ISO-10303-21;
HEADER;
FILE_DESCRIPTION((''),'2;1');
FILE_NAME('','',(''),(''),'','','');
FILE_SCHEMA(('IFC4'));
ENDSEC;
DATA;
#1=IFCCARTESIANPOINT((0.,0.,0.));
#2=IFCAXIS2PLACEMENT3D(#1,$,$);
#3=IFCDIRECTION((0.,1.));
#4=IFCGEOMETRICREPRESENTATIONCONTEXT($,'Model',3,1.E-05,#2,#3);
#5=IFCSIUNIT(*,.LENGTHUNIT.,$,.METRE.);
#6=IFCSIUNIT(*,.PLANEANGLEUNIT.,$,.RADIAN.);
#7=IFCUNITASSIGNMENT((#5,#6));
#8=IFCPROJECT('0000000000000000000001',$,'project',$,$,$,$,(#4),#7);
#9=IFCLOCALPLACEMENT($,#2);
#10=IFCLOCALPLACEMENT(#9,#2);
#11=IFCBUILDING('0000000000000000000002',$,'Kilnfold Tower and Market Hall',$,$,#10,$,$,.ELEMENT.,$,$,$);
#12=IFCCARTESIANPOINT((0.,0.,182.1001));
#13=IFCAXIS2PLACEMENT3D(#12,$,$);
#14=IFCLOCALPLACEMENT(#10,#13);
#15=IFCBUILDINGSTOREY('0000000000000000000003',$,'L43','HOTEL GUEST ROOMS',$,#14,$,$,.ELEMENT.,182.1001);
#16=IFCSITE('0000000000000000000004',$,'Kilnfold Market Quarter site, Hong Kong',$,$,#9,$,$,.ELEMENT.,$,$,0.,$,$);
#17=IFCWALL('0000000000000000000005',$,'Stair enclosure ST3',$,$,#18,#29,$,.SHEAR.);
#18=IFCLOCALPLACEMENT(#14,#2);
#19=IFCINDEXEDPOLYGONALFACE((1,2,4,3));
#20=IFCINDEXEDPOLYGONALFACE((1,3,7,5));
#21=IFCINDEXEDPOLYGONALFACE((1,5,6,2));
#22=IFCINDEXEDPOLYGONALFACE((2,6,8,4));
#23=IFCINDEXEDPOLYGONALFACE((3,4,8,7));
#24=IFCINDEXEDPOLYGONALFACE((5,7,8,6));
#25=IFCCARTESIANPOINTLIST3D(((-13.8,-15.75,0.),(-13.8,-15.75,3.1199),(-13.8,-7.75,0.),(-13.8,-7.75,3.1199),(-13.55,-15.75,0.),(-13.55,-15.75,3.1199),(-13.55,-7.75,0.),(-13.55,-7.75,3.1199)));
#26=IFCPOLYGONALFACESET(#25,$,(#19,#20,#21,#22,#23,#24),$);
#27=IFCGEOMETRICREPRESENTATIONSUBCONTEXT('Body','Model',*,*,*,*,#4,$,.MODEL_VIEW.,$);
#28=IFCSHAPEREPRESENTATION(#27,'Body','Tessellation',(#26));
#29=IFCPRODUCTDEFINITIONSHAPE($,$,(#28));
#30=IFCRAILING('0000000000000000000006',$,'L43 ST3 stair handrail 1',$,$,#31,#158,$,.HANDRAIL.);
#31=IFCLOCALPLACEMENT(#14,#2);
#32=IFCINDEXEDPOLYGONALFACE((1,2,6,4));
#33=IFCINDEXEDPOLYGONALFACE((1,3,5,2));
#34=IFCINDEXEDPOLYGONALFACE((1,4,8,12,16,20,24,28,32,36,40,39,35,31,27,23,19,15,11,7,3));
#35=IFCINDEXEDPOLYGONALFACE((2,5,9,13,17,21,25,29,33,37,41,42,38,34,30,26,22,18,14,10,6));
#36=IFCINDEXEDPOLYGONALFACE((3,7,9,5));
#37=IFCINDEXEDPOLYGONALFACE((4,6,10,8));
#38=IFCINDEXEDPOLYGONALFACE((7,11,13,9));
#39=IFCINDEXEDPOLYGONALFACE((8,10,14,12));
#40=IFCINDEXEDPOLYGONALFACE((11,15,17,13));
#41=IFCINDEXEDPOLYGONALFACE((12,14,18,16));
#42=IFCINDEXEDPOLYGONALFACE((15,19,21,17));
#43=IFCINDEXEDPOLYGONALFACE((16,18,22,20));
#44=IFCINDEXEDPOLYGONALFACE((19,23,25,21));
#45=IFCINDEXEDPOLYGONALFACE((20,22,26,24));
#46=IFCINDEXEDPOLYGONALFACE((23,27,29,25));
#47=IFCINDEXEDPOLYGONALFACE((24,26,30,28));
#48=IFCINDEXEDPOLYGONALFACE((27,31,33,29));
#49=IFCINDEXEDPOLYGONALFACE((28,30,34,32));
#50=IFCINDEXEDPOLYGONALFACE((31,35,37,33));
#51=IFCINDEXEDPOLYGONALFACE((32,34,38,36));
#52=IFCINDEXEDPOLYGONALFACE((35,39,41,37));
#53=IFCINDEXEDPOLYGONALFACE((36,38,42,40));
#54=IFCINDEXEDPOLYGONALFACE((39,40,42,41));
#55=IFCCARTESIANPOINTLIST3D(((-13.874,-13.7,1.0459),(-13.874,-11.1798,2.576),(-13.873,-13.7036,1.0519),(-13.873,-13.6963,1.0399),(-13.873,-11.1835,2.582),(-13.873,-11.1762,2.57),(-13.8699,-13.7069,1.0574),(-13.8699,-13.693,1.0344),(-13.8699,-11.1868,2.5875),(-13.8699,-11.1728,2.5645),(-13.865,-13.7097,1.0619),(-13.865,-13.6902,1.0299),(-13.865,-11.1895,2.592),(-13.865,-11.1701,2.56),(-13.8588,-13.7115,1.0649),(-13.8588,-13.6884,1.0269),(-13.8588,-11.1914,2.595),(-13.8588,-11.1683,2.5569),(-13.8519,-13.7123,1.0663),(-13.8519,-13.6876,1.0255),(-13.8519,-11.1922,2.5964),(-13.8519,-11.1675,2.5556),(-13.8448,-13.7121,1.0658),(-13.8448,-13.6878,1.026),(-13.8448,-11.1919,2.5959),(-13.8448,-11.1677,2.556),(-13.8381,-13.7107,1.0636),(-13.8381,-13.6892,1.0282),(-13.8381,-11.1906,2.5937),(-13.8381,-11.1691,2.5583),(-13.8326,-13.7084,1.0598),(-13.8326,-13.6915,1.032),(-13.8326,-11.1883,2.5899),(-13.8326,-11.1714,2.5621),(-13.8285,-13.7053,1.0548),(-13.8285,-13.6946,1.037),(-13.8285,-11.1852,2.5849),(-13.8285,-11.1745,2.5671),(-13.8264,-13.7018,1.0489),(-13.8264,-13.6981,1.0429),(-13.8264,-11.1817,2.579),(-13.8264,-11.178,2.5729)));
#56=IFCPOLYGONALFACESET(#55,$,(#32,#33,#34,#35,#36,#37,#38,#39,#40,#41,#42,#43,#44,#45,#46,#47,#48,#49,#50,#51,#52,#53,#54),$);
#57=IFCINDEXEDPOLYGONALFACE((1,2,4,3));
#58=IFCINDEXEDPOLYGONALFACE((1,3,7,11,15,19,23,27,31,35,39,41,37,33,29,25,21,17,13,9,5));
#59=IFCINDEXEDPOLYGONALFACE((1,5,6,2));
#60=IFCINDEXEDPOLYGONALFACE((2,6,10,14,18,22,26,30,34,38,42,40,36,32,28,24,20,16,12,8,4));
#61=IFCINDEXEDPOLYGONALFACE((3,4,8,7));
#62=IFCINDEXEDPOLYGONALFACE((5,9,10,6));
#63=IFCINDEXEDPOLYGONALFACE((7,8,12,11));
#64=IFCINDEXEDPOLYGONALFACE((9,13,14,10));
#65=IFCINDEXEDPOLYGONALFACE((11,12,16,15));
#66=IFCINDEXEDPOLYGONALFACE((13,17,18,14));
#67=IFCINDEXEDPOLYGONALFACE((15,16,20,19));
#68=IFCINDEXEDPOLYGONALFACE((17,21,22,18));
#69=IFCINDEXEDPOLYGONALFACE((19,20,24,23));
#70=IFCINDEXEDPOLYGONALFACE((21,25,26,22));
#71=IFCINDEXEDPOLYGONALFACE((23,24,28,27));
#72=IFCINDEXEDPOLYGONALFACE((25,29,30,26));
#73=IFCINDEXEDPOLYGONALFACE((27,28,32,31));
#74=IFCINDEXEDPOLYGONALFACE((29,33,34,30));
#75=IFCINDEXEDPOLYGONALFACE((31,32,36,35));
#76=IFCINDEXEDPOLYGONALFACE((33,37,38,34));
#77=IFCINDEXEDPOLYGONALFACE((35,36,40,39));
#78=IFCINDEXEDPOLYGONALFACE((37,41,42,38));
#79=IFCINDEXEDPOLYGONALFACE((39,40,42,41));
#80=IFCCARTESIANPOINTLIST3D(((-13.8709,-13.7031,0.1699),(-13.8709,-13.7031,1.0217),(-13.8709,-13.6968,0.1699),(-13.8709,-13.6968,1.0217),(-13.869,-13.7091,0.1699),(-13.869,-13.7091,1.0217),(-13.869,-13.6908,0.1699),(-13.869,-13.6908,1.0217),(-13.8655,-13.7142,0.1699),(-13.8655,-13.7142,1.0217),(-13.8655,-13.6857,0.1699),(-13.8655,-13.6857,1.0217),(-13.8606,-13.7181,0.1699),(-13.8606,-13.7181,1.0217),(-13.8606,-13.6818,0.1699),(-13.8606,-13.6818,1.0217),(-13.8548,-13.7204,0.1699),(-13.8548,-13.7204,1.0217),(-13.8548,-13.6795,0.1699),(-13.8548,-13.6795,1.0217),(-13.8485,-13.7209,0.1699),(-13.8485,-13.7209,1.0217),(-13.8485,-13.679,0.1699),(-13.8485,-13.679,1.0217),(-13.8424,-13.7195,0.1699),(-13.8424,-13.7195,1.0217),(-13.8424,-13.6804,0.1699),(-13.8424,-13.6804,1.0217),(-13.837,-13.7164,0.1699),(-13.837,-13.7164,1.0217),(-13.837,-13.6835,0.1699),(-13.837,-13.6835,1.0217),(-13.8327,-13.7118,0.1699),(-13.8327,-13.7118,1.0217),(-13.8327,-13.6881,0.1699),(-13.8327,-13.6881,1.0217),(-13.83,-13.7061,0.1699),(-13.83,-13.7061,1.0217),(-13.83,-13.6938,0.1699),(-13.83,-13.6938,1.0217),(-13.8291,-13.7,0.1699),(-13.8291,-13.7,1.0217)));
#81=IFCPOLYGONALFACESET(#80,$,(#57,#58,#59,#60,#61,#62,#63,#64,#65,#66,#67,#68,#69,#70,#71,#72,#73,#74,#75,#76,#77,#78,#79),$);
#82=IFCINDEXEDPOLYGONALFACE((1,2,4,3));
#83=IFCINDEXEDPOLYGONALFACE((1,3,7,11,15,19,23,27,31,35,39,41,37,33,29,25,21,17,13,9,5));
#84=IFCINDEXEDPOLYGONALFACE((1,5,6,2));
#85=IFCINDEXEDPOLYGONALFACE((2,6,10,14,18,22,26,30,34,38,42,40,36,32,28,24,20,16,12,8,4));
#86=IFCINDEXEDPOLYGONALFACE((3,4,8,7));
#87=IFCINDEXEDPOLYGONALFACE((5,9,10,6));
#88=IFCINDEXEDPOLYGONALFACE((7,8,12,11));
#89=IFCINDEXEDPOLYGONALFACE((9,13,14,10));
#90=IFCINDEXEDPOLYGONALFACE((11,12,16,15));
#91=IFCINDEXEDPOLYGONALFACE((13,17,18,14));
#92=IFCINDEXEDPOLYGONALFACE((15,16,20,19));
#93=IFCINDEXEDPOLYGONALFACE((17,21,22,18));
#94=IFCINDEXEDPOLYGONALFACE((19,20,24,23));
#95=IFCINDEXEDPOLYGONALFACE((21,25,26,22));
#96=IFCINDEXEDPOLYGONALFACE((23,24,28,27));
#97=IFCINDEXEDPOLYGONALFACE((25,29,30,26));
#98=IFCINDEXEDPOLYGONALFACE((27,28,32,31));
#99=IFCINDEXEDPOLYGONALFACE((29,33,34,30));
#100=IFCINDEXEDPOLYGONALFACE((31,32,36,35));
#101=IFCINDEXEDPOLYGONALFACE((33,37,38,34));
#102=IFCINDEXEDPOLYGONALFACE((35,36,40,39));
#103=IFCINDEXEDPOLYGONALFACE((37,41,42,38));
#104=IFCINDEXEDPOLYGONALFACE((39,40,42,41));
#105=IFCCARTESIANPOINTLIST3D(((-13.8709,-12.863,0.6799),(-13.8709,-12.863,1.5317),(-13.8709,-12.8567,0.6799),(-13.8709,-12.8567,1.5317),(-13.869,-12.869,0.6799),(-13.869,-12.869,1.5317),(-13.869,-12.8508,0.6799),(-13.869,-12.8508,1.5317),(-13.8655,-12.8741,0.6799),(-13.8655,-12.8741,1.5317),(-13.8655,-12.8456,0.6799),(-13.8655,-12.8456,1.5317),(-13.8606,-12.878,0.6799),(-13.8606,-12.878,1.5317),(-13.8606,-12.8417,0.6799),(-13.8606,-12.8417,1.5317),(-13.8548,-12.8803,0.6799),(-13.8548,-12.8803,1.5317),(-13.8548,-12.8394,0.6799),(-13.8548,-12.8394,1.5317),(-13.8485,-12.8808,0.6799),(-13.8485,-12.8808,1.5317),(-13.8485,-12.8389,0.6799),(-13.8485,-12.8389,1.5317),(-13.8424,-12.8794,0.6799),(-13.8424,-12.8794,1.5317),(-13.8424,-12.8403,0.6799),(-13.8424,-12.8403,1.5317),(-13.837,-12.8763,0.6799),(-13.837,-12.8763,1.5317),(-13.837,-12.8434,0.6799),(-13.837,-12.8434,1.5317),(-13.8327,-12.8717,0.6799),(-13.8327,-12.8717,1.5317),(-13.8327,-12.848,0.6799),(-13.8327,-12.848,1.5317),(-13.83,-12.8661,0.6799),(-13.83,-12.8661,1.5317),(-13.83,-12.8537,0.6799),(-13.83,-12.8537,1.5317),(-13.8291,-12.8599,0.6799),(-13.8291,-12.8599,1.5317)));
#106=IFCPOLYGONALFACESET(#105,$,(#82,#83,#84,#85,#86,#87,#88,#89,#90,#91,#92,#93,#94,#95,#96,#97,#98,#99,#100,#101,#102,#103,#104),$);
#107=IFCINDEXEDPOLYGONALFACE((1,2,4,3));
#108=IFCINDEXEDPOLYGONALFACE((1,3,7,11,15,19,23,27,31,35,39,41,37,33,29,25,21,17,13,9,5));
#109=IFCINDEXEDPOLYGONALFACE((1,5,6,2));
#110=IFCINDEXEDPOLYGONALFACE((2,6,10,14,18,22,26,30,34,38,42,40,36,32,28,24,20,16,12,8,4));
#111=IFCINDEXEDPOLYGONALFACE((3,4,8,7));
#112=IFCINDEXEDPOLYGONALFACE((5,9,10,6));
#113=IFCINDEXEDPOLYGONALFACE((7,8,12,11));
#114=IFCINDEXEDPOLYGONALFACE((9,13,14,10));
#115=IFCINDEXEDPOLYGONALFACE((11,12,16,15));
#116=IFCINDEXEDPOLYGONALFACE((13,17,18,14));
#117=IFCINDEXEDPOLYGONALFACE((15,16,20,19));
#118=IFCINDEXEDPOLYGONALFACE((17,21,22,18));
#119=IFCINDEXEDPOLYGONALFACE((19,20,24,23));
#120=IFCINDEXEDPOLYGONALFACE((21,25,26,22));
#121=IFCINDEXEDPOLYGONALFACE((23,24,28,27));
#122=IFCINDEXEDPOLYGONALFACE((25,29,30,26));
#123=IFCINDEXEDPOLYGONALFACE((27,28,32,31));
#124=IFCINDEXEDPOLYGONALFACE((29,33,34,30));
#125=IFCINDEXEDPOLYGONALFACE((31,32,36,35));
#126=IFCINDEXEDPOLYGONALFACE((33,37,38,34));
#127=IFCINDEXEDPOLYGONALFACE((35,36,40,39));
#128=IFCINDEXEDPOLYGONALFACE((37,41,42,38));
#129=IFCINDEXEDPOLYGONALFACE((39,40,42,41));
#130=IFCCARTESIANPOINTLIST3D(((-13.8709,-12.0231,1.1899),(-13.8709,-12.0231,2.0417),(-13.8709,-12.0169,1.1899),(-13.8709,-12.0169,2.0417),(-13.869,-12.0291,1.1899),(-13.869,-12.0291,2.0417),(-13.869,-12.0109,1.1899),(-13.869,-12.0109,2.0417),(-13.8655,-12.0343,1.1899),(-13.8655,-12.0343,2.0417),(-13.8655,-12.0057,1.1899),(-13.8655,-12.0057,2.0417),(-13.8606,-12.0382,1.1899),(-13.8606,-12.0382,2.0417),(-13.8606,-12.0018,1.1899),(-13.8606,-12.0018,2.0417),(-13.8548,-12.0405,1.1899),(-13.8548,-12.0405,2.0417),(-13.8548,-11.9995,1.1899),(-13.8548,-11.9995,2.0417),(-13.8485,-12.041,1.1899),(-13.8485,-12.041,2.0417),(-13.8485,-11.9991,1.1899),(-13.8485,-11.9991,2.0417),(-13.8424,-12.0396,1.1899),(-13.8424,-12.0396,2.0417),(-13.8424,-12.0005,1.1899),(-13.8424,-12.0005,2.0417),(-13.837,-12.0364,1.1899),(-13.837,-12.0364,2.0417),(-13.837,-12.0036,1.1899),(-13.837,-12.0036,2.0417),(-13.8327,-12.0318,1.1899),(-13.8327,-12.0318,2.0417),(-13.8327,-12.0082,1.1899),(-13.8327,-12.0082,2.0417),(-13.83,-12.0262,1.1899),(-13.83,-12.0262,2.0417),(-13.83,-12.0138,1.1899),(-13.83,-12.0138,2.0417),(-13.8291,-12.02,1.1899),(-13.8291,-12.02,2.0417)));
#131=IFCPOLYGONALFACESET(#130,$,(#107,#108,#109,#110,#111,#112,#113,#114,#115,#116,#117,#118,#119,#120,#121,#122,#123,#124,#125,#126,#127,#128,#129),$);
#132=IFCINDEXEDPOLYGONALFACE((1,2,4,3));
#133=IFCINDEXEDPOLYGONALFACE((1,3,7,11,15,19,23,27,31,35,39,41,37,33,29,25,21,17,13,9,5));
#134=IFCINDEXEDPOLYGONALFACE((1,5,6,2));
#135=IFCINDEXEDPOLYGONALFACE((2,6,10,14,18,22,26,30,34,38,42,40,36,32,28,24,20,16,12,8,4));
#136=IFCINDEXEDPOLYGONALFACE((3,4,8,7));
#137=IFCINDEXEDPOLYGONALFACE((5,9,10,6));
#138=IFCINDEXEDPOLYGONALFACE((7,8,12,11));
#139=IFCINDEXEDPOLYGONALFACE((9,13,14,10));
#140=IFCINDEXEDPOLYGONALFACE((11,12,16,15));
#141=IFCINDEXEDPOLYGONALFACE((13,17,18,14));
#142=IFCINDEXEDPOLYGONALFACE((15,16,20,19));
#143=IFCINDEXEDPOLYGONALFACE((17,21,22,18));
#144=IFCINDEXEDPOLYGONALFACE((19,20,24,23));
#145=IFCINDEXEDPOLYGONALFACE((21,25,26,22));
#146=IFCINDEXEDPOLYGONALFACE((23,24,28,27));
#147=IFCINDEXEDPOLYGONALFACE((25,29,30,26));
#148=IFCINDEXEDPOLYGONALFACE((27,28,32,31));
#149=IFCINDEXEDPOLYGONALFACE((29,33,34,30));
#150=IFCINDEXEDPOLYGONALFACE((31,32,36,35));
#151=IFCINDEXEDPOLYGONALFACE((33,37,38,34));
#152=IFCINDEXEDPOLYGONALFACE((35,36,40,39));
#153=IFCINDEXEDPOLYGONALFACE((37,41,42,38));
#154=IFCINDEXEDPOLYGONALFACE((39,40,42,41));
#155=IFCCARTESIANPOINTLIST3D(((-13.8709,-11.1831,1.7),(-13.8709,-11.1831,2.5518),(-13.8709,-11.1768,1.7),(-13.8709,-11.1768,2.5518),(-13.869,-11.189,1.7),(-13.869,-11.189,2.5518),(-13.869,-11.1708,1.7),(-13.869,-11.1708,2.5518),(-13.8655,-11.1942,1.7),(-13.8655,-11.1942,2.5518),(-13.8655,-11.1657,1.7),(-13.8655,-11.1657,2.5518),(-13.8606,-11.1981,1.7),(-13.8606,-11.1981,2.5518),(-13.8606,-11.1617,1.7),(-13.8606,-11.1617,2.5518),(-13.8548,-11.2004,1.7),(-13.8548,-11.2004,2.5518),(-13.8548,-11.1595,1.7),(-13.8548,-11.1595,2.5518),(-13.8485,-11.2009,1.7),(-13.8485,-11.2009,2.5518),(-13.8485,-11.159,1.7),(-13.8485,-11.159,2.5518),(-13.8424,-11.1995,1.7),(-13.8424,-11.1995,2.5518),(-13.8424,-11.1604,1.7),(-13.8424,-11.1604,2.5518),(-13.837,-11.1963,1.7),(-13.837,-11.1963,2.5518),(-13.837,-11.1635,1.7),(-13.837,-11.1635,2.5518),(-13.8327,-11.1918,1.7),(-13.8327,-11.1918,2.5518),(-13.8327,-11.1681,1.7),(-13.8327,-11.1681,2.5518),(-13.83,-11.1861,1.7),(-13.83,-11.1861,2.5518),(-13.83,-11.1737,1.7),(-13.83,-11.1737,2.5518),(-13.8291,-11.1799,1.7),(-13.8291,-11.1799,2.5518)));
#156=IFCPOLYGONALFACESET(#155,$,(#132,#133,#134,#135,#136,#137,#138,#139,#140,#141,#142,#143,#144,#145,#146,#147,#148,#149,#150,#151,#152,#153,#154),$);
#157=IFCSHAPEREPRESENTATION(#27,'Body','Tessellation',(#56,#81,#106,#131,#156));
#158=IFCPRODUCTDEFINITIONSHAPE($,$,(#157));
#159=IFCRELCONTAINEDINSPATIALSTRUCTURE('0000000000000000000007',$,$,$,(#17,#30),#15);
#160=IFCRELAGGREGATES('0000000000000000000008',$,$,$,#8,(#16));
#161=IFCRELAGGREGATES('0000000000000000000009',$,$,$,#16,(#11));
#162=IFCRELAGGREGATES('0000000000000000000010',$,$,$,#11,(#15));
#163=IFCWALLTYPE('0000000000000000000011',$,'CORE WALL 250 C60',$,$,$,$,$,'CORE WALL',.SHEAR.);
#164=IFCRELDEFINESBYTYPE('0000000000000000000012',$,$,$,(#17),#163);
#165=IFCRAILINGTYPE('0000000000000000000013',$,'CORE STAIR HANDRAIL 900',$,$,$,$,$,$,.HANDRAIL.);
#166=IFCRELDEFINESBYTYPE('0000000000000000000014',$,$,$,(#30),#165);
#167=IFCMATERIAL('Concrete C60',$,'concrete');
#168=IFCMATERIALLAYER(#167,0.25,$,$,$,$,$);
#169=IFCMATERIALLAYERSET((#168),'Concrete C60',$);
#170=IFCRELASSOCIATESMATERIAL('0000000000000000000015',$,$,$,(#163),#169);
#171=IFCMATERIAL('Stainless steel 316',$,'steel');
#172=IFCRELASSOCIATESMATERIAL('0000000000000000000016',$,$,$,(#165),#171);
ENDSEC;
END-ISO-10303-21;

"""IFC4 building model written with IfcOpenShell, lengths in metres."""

from ifc_helpers import new_model, si_unit, direction, frame, frame_2d, origin, origin_2d, place, context, subcontext, project, spatial, rectangle, circle, extrude, source, transform, mapped, material, layer, layer_set, type_object, element, save


model = new_model("IFC4")

# Units and contexts
model_context = context("Model", 3, precision=1e-05, world=origin(), true_north=direction((0.0, 1.0)))
body_context = subcontext(model_context, "Body", "Model", "MODEL_VIEW")
ifc_project = project(units=[si_unit("LENGTHUNIT", "METRE"), si_unit("PLANEANGLEUNIT", "RADIAN")], contexts=[model_context])

# Site, building, storey
site_placement = place(None, origin())
site = spatial("IfcSite", under=ifc_project, at=site_placement, Name="Kilnfold Market Quarter site, Hong Kong", CompositionType="ELEMENT", RefElevation=0.0)
building_placement = place(site_placement, origin())
building = spatial("IfcBuilding", under=site, at=building_placement, Name="Kilnfold Tower and Market Hall", CompositionType="ELEMENT")
storey_placement = place(building_placement, frame((0.0, 0.0, 182.1001)))
storey = spatial("IfcBuildingStorey", under=building, at=storey_placement, Name="L43", Description="HOTEL GUEST ROOMS", CompositionType="ELEMENT", Elevation=182.1001)

# Wall
ifc_material_1 = material(Name="Concrete C60", Category="concrete")
ifc_layer_1 = layer(ifc_material_1, 0.25)
ifc_layer_set_1 = layer_set([ifc_layer_1], Name="Concrete C60")
wall_type_1 = type_object("IfcWallType", Name="CORE WALL 250 C60", ElementType="CORE WALL", PredefinedType="SHEAR", material=ifc_layer_set_1)
shared_shape_1 = source(origin(), body_context, "Body", "SweptSolid", [
    extrude(rectangle(XDim=8.0, YDim=0.25, at=frame_2d((4.0, 0.0))), origin(), (0.0, 0.0, 1.0), 3.1199),
])
wall_1_placement = place(storey_placement, frame((-13.675, -15.75, 0.0), z_axis=(0.0, 0.0, 1.0), x_axis=(0.0, 1.0, 0.0)))
element("IfcWall", 1, at=wall_1_placement, inside=storey, type_object=wall_type_1, Name="Stair enclosure ST3", PredefinedType="SHEAR", context=body_context, shape_type="MappedRepresentation", body=[
    mapped(shared_shape_1, transform((0.0, 0.0, 0.0))),
])

# Railing
ifc_material_2 = material(Name="Stainless steel 316", Category="steel")
railing_type_1 = type_object("IfcRailingType", Name="CORE STAIR HANDRAIL 900", PredefinedType="HANDRAIL", material=ifc_material_2)
railing_1_placement = place(storey_placement, frame((-13.8501, -13.7, 0.1699)))
element("IfcRailing", 2, at=railing_1_placement, inside=storey, type_object=railing_type_1, Name="L43 ST3 stair handrail 1", PredefinedType="HANDRAIL", context=body_context, shape_type="SweptSolid", body=[
    extrude(circle(Radius=0.0239, at=origin_2d()), frame((0.0, 0.0, 0.876), z_axis=(0.0, 0.854785, 0.518982), x_axis=(-1.0, 0.0, 0.0)), (0.0, 0.0, 1.0), 2.9482),
    extrude(circle(Radius=0.021, at=origin_2d()), origin(), (0.0, 0.0, 1.0), 0.8518),
    extrude(circle(Radius=0.021, at=origin_2d()), frame((0.0, 0.8401, 0.51)), (0.0, 0.0, 1.0), 0.8518),
    extrude(circle(Radius=0.021, at=origin_2d()), frame((0.0, 1.6799, 1.02)), (0.0, 0.0, 1.0), 0.8518),
    extrude(circle(Radius=0.021, at=origin_2d()), frame((0.0, 2.52, 1.53)), (0.0, 0.0, 1.0), 0.8518),
])

save(model, "model.ifc")
